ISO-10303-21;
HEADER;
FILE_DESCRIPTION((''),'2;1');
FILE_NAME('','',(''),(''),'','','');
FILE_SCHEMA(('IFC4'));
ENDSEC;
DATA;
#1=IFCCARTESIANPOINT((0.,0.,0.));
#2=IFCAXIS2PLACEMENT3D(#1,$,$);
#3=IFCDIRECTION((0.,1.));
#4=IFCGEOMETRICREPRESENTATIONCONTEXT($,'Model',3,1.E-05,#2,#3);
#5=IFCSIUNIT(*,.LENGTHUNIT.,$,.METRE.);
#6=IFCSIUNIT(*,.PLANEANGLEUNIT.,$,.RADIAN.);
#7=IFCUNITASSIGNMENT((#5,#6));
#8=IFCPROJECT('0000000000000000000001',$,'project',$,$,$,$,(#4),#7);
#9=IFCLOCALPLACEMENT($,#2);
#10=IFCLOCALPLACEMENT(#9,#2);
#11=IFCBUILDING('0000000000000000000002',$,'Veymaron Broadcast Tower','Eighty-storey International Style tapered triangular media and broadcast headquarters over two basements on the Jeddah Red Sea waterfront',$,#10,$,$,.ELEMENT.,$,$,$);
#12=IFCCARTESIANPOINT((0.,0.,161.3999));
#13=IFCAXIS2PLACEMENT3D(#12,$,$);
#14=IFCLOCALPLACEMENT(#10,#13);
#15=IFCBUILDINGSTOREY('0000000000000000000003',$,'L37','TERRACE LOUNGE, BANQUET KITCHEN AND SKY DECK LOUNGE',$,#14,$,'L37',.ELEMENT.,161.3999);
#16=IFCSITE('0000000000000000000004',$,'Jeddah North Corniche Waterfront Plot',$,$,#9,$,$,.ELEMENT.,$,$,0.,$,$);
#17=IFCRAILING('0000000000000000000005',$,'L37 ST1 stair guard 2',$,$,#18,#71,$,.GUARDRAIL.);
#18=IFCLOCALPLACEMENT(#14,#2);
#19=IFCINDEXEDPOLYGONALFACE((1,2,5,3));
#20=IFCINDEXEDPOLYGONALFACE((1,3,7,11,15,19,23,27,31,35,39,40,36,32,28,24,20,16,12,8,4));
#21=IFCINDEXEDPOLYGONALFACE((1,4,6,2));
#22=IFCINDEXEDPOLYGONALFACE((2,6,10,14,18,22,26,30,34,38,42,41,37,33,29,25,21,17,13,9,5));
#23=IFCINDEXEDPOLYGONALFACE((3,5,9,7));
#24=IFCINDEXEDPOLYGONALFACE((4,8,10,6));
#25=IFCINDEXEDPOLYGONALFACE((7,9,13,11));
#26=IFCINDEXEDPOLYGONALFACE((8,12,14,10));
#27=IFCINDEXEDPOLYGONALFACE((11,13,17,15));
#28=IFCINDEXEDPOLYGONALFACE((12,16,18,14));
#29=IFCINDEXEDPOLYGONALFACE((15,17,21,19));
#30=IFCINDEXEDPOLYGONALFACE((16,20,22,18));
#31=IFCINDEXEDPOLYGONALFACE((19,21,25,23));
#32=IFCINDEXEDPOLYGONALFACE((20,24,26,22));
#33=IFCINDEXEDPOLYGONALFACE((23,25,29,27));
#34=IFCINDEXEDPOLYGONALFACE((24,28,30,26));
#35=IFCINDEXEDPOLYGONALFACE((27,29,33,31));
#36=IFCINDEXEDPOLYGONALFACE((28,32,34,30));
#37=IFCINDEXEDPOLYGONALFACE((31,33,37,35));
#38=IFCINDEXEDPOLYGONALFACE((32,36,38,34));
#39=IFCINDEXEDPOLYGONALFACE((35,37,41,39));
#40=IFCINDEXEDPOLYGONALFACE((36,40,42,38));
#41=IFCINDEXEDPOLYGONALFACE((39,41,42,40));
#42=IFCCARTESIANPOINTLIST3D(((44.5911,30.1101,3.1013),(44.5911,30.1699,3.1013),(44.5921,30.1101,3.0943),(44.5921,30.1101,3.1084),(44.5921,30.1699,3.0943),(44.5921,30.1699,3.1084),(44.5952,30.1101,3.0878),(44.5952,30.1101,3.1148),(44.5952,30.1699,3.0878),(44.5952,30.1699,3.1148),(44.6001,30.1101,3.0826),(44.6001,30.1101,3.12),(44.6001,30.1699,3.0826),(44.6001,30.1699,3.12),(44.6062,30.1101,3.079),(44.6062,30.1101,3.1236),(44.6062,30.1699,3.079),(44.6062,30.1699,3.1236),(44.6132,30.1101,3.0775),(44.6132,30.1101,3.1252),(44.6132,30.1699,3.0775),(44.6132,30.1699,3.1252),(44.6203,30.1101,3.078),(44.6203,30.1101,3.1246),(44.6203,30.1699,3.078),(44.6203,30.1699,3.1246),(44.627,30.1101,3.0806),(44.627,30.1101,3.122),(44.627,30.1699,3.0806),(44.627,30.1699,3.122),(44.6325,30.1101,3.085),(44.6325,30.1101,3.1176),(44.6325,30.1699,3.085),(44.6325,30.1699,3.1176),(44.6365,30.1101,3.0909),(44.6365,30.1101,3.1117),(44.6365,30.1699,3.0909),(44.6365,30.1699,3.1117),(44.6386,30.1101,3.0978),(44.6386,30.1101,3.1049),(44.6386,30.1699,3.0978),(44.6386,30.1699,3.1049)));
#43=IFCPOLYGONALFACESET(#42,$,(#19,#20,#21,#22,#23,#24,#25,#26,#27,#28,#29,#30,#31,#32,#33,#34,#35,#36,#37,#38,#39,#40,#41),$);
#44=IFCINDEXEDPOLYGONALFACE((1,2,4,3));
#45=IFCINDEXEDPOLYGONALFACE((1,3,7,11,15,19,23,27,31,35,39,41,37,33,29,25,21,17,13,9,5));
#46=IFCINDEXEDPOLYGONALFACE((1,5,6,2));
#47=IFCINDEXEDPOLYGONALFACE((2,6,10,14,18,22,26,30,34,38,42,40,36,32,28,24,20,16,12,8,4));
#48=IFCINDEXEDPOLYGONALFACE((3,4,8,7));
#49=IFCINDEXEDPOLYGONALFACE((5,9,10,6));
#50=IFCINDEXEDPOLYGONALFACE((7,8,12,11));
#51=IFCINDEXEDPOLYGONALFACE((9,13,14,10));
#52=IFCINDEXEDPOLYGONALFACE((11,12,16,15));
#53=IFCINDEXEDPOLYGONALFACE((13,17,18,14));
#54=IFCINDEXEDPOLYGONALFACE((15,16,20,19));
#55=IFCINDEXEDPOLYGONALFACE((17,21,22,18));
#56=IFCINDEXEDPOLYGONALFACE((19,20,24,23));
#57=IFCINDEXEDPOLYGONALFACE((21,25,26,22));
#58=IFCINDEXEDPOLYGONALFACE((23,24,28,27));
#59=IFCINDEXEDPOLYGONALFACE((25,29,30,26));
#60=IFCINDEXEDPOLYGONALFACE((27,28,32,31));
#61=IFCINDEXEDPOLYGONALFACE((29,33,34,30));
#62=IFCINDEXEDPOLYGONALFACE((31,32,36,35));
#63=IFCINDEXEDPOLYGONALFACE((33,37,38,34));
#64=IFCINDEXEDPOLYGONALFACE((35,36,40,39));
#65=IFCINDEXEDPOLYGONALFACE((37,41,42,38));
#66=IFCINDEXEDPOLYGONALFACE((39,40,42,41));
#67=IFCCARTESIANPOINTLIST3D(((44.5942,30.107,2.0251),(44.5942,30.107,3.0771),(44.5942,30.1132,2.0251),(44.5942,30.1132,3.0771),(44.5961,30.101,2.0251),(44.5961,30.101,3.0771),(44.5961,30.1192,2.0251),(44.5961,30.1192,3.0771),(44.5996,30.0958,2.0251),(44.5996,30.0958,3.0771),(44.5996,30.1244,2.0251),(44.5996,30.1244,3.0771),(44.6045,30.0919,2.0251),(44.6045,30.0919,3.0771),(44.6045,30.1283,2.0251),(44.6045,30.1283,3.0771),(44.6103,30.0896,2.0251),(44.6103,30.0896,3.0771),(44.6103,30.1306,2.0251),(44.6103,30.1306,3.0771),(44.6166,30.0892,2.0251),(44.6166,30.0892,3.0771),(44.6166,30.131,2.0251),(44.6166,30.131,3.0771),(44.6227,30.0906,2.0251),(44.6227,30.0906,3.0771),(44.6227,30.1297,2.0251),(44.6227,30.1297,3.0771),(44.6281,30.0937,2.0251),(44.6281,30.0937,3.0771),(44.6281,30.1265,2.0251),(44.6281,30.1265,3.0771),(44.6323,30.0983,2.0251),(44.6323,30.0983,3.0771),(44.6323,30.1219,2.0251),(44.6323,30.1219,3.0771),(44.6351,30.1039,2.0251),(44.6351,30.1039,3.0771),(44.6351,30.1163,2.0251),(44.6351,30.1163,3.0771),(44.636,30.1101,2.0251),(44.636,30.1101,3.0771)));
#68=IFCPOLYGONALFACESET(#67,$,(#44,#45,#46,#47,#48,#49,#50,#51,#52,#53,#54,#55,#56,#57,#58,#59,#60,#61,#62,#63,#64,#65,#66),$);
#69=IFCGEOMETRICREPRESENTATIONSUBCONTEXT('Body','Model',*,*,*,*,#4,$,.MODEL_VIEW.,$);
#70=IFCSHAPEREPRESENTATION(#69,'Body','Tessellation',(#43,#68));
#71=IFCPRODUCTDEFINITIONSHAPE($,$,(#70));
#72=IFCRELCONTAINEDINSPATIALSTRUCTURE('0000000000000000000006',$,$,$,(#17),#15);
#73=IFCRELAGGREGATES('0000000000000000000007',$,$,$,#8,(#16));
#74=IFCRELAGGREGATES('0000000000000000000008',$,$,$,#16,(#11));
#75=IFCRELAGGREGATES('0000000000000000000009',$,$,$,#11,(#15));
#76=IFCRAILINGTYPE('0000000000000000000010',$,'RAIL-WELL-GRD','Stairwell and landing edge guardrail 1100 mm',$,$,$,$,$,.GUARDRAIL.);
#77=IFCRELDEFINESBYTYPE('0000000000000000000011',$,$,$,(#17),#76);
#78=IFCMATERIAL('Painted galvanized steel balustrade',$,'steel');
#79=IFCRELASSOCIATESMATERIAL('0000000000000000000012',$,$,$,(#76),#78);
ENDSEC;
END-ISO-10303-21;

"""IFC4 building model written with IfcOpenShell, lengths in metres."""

from ifc_helpers import new_model, si_unit, direction, frame, origin, origin_2d, place, context, subcontext, project, spatial, circle, extrude, material, type_object, element, save


model = new_model("IFC4")

# Units and contexts
model_context = context("Model", 3, precision=1e-05, world=origin(), true_north=direction((0.0, 1.0)))
body_context = subcontext(model_context, "Body", "Model", "MODEL_VIEW")
ifc_project = project(units=[si_unit("LENGTHUNIT", "METRE"), si_unit("PLANEANGLEUNIT", "RADIAN")], contexts=[model_context])

# Site, building, storey
site_placement = place(None, origin())
site = spatial("IfcSite", under=ifc_project, at=site_placement, Name="Jeddah North Corniche Waterfront Plot", CompositionType="ELEMENT", RefElevation=0.0)
building_placement = place(site_placement, origin())
building = spatial("IfcBuilding", under=site, at=building_placement, Name="Veymaron Broadcast Tower", Description="Eighty-storey International Style tapered triangular media and broadcast headquarters over two basements on the Jeddah Red Sea waterfront", CompositionType="ELEMENT")
storey_placement = place(building_placement, frame((0.0, 0.0, 161.3999)))
storey = spatial("IfcBuildingStorey", under=building, at=storey_placement, Name="L37", Description="TERRACE LOUNGE, BANQUET KITCHEN AND SKY DECK LOUNGE", LongName="L37", CompositionType="ELEMENT", Elevation=161.3999)

# Railing
ifc_material_1 = material(Name="Painted galvanized steel balustrade", Category="steel")
railing_type_1 = type_object("IfcRailingType", Name="RAIL-WELL-GRD", Description="Stairwell and landing edge guardrail 1100 mm", PredefinedType="GUARDRAIL", material=ifc_material_1)
railing_1_placement = place(storey_placement, frame((44.615, 30.1101, 2.0251)))
element("IfcRailing", 1, at=railing_1_placement, inside=storey, type_object=railing_type_1, Name="L37 ST1 stair guard 2", PredefinedType="GUARDRAIL", context=body_context, shape_type="SweptSolid", body=[
    extrude(circle(Radius=0.0239, at=origin_2d()), frame((0.0, 0.0, 1.0762), z_axis=(0.0, 1.0, 0.0), x_axis=(-1.0, 0.0, 0.0)), (0.0, 0.0, 1.0), 0.0598),
    extrude(circle(Radius=0.021, at=origin_2d()), origin(), (0.0, 0.0, 1.0), 1.052),
])

save(model, "model.ifc")
